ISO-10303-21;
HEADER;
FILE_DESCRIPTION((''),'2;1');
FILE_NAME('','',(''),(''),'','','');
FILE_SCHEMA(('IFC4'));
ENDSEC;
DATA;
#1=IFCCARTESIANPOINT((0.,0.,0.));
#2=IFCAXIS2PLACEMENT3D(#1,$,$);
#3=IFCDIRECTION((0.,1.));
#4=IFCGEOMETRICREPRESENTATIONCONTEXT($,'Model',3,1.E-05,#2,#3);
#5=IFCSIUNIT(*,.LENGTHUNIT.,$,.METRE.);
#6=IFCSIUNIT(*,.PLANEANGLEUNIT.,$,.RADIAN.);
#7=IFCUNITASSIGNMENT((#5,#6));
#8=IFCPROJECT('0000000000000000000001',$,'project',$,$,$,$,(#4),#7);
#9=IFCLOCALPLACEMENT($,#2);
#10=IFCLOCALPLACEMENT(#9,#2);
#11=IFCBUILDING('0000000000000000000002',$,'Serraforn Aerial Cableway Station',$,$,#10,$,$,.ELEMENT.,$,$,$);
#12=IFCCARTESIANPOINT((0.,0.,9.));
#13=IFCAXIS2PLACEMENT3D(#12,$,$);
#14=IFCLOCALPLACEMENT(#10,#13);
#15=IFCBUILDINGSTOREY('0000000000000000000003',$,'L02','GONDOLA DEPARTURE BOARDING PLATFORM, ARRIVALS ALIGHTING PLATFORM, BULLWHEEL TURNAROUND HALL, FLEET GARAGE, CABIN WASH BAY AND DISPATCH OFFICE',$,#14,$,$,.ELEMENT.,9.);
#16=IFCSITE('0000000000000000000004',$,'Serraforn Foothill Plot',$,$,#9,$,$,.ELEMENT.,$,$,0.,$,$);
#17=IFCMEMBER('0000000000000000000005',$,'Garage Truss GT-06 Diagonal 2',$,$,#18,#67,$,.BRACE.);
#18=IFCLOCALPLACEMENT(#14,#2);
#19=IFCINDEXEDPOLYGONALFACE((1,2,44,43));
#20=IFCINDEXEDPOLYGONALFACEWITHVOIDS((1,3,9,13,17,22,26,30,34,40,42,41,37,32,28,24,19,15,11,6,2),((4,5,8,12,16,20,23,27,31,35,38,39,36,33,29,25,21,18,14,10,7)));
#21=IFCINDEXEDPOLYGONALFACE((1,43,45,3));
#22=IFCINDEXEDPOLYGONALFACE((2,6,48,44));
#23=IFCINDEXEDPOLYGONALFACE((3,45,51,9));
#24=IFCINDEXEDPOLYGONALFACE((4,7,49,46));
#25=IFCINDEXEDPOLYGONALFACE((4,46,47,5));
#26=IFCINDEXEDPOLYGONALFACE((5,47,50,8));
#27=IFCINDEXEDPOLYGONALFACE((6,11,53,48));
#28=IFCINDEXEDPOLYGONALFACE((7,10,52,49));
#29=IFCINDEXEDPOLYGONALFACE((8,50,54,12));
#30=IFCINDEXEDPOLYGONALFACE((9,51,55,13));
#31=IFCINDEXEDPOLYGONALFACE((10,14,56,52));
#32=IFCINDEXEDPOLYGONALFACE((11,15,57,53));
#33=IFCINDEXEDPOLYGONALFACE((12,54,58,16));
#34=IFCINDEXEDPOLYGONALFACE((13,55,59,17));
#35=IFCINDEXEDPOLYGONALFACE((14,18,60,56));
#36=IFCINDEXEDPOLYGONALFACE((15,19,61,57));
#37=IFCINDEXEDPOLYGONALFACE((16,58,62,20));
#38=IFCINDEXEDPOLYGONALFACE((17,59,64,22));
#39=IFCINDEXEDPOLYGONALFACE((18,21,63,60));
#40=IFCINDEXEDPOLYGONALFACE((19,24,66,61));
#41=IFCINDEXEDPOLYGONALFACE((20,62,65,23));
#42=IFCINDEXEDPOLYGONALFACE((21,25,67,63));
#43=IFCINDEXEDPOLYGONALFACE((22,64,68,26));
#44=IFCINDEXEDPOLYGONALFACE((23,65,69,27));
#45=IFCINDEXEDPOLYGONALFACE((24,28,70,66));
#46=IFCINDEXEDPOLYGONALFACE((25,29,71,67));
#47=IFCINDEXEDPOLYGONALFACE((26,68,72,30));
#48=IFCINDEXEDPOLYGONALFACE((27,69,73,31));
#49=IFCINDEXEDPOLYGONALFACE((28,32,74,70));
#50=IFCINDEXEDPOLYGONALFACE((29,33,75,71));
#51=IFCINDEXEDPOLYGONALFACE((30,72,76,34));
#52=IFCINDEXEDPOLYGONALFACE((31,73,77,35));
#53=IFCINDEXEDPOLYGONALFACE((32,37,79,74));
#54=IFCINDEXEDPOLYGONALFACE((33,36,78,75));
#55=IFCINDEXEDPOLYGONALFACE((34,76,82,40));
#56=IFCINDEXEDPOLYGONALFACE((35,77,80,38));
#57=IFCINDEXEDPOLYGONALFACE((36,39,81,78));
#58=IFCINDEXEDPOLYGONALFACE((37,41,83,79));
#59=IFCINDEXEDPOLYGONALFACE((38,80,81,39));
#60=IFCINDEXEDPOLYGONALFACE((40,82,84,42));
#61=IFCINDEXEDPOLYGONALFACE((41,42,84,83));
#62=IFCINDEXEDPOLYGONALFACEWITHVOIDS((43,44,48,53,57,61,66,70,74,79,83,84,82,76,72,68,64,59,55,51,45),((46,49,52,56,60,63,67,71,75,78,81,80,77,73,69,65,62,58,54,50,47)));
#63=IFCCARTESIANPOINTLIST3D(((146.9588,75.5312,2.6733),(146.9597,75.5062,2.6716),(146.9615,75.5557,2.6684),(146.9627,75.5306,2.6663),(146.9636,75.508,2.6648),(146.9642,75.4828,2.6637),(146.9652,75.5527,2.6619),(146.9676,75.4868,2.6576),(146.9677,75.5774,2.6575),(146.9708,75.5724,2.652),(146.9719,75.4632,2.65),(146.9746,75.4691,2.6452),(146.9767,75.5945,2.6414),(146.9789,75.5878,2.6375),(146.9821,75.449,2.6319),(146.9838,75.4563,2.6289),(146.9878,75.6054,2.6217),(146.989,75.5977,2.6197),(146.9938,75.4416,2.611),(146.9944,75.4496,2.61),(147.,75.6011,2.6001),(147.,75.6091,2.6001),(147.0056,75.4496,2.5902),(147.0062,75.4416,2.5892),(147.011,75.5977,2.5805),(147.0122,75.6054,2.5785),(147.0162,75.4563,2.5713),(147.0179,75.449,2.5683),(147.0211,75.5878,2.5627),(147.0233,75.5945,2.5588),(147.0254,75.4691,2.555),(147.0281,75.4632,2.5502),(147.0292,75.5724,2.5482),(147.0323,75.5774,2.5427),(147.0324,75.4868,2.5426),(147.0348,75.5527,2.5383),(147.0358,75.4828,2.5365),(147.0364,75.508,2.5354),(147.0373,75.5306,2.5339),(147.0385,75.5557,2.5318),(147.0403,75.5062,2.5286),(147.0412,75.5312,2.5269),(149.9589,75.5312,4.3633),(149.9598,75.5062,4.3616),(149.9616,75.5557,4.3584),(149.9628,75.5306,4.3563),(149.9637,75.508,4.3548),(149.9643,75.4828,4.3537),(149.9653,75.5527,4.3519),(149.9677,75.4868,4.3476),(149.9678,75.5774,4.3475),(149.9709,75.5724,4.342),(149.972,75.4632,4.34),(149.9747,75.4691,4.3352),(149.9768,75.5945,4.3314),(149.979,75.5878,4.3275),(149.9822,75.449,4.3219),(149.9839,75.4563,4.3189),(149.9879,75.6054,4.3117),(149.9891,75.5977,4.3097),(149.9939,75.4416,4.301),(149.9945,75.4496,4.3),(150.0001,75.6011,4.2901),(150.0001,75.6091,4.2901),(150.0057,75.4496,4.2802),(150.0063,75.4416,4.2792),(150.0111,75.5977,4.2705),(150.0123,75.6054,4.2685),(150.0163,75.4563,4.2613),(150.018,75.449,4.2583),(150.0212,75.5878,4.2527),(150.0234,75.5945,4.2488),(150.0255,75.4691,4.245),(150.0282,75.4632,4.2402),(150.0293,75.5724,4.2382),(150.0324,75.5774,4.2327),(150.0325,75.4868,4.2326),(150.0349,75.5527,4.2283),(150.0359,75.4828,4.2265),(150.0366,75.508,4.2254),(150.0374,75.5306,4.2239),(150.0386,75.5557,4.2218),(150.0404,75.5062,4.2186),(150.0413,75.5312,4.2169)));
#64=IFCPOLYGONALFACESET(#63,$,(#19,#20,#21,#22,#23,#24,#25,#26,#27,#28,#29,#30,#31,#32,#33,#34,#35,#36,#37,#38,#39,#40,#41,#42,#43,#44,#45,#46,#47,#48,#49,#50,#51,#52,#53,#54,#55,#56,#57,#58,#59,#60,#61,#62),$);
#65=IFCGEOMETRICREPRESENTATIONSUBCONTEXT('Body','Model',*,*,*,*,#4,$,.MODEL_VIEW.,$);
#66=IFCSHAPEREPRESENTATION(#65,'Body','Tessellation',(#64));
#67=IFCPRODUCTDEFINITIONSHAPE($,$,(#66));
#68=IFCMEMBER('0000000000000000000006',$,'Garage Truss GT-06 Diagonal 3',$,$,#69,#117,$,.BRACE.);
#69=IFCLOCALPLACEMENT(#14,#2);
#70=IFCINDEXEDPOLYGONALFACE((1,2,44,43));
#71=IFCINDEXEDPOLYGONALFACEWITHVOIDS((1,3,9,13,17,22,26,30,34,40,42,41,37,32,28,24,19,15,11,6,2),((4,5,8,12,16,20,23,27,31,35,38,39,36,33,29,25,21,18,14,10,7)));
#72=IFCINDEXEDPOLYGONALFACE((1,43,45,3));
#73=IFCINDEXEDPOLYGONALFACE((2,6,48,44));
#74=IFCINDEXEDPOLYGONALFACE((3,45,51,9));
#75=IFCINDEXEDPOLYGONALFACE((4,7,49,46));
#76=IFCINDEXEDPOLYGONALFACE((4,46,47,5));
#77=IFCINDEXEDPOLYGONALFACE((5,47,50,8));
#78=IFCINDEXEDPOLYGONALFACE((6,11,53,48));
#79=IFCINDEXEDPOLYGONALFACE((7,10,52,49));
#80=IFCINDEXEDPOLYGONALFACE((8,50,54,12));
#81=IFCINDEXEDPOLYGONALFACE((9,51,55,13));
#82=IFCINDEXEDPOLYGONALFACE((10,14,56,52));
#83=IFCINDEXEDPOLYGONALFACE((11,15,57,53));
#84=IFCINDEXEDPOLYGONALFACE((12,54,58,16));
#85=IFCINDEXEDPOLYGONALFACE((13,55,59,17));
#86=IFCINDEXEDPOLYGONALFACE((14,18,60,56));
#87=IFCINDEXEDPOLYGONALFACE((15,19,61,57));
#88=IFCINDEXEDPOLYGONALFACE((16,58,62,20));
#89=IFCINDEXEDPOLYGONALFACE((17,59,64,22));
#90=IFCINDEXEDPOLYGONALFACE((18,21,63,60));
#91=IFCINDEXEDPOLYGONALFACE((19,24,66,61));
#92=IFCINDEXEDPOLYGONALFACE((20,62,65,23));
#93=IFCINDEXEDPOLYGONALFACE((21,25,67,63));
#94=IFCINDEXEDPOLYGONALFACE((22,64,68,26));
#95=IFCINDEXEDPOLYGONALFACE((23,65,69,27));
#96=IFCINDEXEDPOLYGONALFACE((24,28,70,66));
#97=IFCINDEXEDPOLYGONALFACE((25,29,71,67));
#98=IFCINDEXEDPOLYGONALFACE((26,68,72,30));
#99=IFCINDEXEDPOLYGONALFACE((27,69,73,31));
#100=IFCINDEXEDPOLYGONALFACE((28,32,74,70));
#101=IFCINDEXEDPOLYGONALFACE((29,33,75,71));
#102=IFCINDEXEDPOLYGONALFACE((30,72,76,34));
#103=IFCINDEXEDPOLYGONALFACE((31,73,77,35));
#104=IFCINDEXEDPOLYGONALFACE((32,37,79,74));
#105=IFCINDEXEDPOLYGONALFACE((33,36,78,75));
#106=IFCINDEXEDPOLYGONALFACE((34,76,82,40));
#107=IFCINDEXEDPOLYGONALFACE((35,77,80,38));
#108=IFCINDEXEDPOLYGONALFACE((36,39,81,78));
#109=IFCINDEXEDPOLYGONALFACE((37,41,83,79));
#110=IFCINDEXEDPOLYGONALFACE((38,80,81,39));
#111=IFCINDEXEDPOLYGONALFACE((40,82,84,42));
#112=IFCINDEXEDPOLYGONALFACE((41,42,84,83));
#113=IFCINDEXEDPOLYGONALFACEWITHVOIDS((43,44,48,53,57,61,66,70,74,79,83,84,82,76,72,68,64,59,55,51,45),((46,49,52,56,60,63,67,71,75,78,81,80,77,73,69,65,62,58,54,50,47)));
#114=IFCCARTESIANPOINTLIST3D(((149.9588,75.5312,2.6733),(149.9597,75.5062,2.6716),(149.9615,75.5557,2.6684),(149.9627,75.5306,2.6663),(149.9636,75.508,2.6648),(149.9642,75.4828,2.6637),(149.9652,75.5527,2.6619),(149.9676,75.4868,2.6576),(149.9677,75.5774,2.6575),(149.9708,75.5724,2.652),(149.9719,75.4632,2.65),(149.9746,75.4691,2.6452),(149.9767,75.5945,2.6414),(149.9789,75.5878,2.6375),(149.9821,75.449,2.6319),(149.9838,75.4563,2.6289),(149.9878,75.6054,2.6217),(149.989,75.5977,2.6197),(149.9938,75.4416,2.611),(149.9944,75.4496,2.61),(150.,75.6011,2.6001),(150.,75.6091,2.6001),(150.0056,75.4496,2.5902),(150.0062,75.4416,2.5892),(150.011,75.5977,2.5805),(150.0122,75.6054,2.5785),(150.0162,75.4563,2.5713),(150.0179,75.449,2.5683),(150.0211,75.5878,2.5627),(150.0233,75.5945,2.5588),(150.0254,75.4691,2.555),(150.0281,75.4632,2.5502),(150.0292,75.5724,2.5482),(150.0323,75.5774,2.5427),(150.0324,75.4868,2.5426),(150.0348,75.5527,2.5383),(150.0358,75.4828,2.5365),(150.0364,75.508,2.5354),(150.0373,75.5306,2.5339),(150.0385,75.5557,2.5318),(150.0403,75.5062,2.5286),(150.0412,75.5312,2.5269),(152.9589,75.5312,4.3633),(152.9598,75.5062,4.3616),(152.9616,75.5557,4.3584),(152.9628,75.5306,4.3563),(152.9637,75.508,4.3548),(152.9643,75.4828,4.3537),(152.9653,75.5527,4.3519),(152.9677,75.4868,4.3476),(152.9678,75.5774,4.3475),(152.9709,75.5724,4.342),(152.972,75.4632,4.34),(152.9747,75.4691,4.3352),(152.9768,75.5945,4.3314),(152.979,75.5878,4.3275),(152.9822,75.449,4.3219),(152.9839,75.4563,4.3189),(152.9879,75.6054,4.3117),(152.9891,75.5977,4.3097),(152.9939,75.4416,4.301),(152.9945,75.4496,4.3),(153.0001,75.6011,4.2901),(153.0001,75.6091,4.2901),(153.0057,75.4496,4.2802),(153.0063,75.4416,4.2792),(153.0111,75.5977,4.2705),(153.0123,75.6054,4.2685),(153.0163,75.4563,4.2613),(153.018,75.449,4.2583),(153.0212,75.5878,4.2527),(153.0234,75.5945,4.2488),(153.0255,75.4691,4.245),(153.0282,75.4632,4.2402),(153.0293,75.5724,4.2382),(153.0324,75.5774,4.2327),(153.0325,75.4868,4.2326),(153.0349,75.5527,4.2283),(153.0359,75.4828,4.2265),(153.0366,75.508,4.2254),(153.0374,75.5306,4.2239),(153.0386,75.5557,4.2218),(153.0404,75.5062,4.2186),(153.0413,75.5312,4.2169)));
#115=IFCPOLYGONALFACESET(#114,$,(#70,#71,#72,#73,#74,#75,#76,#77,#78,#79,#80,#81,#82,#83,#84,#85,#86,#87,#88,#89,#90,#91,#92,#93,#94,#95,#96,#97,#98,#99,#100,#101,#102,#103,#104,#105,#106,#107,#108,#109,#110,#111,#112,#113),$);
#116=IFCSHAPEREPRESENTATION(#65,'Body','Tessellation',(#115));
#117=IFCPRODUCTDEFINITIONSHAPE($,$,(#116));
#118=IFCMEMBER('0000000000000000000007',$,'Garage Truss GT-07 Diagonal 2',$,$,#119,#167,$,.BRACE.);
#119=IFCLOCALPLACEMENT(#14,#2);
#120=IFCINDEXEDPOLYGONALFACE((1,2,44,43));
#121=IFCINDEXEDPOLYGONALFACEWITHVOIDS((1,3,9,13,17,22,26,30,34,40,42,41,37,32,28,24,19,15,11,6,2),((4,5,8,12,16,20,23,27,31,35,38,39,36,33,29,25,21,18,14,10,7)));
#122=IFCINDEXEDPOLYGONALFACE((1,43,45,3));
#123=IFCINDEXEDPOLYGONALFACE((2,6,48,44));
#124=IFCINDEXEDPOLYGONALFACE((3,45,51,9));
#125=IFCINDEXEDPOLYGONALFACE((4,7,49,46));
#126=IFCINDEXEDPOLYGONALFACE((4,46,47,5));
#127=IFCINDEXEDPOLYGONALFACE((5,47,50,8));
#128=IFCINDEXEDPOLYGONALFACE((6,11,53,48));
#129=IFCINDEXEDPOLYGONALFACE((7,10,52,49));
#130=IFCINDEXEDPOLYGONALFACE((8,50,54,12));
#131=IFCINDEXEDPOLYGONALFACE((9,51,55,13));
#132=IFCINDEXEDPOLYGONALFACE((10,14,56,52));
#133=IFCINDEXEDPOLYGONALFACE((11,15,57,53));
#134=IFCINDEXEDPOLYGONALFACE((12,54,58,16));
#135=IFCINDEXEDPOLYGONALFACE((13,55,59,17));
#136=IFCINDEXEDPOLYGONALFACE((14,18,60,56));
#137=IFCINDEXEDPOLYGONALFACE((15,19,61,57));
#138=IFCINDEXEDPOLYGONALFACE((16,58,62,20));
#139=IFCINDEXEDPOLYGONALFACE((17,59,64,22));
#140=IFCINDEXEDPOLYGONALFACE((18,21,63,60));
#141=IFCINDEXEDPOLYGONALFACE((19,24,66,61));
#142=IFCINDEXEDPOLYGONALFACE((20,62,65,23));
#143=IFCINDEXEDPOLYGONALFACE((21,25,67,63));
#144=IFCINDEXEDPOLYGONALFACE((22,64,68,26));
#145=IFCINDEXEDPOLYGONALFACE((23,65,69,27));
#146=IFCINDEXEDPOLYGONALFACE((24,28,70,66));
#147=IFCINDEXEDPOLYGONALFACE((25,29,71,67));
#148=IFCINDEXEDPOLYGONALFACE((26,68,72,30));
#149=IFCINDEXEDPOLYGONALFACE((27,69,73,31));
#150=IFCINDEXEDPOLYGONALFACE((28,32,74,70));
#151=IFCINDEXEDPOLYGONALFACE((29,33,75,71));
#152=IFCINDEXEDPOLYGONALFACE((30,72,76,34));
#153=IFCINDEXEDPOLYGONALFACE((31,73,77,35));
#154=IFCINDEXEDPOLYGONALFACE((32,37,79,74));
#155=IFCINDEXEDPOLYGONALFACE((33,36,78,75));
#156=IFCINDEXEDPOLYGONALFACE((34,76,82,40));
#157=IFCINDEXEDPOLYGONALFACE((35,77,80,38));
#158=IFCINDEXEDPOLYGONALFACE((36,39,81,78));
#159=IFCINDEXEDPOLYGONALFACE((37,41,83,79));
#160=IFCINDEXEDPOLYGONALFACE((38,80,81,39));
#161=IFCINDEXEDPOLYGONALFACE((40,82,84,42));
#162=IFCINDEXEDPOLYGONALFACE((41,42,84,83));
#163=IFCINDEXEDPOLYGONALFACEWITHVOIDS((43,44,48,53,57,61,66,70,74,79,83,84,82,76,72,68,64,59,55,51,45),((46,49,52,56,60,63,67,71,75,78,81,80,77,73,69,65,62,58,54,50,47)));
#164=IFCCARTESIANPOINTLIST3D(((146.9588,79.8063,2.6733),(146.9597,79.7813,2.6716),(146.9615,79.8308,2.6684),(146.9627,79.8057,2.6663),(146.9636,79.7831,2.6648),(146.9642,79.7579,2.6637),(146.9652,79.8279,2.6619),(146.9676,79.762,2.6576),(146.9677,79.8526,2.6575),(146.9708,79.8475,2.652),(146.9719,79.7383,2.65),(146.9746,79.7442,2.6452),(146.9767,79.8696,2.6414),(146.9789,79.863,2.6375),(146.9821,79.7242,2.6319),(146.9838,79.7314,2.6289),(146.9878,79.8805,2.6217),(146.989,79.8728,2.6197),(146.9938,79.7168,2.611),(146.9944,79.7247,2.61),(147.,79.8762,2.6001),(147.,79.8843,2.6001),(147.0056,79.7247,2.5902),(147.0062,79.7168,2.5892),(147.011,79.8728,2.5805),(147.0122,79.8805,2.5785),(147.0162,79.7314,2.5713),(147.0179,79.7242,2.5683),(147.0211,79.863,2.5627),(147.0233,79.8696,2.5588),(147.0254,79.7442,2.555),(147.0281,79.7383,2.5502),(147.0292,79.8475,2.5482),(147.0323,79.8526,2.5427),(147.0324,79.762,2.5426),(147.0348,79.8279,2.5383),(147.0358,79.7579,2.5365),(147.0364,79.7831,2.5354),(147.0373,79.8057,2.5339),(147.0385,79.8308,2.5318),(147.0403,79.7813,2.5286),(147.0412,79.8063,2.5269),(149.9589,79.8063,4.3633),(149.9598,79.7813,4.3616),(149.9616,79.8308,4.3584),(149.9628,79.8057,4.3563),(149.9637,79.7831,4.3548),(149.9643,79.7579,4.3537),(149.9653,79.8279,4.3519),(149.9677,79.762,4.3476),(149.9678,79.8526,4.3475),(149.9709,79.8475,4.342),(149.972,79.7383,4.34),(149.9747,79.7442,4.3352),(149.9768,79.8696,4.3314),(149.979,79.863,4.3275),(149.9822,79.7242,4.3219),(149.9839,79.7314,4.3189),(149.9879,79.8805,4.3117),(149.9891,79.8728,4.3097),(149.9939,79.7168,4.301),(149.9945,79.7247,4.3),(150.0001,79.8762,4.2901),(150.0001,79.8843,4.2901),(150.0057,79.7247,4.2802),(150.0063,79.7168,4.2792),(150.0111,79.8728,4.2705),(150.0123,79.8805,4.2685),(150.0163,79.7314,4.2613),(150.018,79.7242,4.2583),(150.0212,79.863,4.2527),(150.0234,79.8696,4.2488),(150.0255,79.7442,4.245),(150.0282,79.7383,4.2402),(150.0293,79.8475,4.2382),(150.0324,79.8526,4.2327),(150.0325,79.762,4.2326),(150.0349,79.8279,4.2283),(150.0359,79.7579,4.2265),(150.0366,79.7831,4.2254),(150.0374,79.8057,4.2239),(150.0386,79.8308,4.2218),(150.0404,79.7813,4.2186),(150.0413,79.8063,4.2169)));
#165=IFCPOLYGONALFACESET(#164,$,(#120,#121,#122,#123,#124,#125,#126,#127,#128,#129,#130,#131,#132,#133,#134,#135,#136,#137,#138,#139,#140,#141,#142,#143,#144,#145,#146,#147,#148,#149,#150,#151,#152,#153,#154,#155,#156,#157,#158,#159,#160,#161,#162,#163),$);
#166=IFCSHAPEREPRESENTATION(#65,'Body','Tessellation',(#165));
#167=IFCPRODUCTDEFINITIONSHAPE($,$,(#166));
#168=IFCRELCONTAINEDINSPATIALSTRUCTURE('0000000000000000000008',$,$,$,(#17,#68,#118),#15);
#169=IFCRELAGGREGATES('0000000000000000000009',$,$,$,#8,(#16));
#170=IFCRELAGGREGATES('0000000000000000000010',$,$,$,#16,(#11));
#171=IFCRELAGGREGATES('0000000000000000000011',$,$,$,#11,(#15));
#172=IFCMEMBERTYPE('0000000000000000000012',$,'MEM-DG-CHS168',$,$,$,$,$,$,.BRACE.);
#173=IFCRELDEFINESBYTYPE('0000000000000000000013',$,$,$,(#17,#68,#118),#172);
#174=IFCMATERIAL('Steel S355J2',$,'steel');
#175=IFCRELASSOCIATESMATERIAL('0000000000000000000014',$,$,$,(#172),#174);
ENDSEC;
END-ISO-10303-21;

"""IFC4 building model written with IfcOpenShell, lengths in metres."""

from ifc_helpers import new_model, si_unit, direction, frame, origin, origin_2d, place, context, subcontext, project, spatial, hollow_circle, extrude, material, material_profile, profile_set, type_object, element, save


model = new_model("IFC4")

# Units and contexts
model_context = context("Model", 3, precision=1e-05, world=origin(), true_north=direction((0.0, 1.0)))
body_context = subcontext(model_context, "Body", "Model", "MODEL_VIEW")
ifc_project = project(units=[si_unit("LENGTHUNIT", "METRE"), si_unit("PLANEANGLEUNIT", "RADIAN")], contexts=[model_context])

# Site, building, storey
site_placement = place(None, origin())
site = spatial("IfcSite", under=ifc_project, at=site_placement, Name="Serraforn Foothill Plot", CompositionType="ELEMENT", RefElevation=0.0)
building_placement = place(site_placement, origin())
building = spatial("IfcBuilding", under=site, at=building_placement, Name="Serraforn Aerial Cableway Station", CompositionType="ELEMENT")
storey_placement = place(building_placement, frame((0.0, 0.0, 9.0)))
storey = spatial("IfcBuildingStorey", under=building, at=storey_placement, Name="L02", Description="GONDOLA DEPARTURE BOARDING PLATFORM, ARRIVALS ALIGHTING PLATFORM, BULLWHEEL TURNAROUND HALL, FLEET GARAGE, CABIN WASH BAY AND DISPATCH OFFICE", CompositionType="ELEMENT", Elevation=9.0)

# Members
ifc_material_1 = material(Name="Steel S355J2", Category="steel")
ifc_material_profile_1 = material_profile(ifc_material_1, hollow_circle(Radius=0.0842, WallThickness=0.0081, at=origin_2d()), Name="CHS 168.3x8.0")
ifc_profile_set_1 = profile_set([ifc_material_profile_1], Name="Steel S355J2")
member_type_1 = type_object("IfcMemberType", Name="MEM-DG-CHS168", PredefinedType="BRACE", material=ifc_profile_set_1)
for number, where, z_axis, x_axis, name in (
    (1, (147.0, 75.5249, 2.6001), (0.871272, 0.0, 0.4908), (0.0, 1.0, 0.0), "Garage Truss GT-06 Diagonal 2"),
    (2, (150.0, 75.5249, 2.6001), (0.871272, 0.0, 0.4908), (0.0, 1.0, 0.0), "Garage Truss GT-06 Diagonal 3"),
    (3, (147.0, 79.8, 2.6001), (0.871272, 0.0, 0.4908), (0.0, 1.0, 0.0), "Garage Truss GT-07 Diagonal 2"),
):
    element("IfcMember", number, at=place(storey_placement, frame(where, z_axis=z_axis, x_axis=x_axis)), inside=storey, type_object=member_type_1, Name=name, PredefinedType="BRACE", context=body_context, shape_type="SweptSolid", body=[
        extrude(hollow_circle(Radius=0.0842, WallThickness=0.0081, at=origin_2d()), origin(), (0.0, 0.0, 1.0), 3.4434),
    ])

save(model, "model.ifc")
